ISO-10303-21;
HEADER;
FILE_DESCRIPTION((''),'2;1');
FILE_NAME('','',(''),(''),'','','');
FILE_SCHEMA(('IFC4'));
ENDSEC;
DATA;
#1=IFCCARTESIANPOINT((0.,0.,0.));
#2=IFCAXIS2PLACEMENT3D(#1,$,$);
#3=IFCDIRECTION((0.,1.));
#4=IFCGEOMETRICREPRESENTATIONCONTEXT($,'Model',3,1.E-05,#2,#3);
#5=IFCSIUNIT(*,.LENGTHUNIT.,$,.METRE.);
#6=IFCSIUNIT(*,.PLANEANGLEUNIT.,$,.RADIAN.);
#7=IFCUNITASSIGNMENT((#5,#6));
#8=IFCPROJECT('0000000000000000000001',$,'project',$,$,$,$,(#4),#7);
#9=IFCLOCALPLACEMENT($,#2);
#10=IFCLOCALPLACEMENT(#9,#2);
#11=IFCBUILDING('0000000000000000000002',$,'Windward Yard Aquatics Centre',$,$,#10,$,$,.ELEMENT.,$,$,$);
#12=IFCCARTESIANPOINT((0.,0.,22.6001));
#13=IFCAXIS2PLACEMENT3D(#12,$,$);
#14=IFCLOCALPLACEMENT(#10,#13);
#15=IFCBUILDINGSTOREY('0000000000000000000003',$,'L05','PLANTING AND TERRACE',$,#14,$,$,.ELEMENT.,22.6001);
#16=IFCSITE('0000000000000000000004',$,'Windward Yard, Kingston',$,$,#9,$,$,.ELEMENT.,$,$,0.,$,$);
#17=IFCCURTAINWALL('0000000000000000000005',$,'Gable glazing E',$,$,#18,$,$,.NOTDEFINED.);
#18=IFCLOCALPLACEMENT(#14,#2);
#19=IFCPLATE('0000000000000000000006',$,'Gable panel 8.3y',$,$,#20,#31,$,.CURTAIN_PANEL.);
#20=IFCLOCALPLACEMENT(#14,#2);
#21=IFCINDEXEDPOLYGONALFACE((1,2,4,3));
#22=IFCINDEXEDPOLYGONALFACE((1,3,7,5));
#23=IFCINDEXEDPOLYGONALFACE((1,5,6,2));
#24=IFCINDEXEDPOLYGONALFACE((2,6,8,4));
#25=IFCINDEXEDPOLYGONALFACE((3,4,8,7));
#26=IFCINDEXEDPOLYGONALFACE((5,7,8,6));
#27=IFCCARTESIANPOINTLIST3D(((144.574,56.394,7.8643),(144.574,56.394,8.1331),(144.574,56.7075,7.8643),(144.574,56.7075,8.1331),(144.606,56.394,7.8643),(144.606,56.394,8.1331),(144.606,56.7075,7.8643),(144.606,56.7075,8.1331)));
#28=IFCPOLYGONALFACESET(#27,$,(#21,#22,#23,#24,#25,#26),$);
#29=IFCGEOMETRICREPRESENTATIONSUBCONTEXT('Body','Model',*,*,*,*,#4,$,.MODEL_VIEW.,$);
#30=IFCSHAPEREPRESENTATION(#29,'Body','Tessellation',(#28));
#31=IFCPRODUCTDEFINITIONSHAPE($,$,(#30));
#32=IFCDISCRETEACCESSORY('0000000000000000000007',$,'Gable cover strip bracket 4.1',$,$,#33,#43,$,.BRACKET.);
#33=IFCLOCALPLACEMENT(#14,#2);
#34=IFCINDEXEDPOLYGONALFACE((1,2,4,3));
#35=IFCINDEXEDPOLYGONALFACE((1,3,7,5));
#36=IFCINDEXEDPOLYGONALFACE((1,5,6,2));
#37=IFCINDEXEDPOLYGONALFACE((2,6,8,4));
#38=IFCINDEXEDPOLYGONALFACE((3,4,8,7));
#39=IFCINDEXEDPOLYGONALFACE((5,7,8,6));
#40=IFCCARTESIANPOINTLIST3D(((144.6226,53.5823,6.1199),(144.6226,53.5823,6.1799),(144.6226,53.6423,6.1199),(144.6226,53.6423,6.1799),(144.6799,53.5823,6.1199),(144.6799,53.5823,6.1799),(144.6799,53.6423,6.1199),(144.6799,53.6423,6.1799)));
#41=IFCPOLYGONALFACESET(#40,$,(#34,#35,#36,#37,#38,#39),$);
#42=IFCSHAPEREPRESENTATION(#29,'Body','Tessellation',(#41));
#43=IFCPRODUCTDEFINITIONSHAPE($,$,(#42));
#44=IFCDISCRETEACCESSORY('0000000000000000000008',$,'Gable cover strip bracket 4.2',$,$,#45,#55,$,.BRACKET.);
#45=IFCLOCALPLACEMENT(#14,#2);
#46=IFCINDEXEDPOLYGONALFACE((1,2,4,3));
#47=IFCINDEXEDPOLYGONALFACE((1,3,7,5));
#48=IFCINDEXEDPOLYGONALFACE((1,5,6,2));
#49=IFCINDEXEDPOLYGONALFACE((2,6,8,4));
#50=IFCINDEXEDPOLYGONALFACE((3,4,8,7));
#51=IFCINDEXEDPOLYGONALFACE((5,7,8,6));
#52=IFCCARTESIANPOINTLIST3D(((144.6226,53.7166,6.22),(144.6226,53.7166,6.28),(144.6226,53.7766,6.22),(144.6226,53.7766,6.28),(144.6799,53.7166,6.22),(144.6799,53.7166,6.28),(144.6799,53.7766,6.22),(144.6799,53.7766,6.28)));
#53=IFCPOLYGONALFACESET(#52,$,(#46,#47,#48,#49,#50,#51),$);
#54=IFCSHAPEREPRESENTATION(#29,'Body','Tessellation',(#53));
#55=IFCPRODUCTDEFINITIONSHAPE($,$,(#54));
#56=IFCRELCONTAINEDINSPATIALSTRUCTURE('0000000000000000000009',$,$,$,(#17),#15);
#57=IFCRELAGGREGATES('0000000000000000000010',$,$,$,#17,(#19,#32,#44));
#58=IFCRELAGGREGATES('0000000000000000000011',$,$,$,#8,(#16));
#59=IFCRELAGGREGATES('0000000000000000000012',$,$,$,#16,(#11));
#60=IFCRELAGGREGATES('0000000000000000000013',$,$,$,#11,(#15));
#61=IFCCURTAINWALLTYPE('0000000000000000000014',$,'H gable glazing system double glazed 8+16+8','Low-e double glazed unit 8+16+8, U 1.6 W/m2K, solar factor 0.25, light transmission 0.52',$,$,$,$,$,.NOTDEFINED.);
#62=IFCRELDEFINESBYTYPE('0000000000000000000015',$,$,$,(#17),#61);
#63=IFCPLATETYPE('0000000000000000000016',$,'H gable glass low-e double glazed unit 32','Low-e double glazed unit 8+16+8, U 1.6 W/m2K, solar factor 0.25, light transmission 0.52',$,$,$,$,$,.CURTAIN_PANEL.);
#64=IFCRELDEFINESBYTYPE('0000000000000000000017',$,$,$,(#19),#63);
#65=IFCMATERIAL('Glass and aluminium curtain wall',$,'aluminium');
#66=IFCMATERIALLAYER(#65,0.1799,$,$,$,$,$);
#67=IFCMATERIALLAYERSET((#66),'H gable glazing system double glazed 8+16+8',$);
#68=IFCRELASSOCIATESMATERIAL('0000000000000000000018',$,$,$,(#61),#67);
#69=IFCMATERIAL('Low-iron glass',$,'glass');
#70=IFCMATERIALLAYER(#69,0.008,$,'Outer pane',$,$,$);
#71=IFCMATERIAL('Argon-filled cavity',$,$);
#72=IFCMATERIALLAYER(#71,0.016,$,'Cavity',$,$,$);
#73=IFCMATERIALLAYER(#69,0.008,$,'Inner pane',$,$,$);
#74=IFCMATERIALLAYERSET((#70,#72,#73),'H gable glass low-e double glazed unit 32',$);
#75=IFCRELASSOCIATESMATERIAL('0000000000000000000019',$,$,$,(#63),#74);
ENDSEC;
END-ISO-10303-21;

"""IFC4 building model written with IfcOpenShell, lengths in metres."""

from ifc_helpers import new_model, si_unit, direction, frame, origin, origin_2d, place, context, subcontext, project, spatial, polyline, rectangle, outline, extrude, material, layer, layer_set, type_object, element, aggregate, save


model = new_model("IFC4")

# Units and contexts
model_context = context("Model", 3, precision=1e-05, world=origin(), true_north=direction((0.0, 1.0)))
body_context = subcontext(model_context, "Body", "Model", "MODEL_VIEW")
ifc_project = project(units=[si_unit("LENGTHUNIT", "METRE"), si_unit("PLANEANGLEUNIT", "RADIAN")], contexts=[model_context])

# Site, building, storey
site_placement = place(None, origin())
site = spatial("IfcSite", under=ifc_project, at=site_placement, Name="Windward Yard, Kingston", CompositionType="ELEMENT", RefElevation=0.0)
building_placement = place(site_placement, origin())
building = spatial("IfcBuilding", under=site, at=building_placement, Name="Windward Yard Aquatics Centre", CompositionType="ELEMENT")
storey_placement = place(building_placement, frame((0.0, 0.0, 22.6001)))
storey = spatial("IfcBuildingStorey", under=building, at=storey_placement, Name="L05", Description="PLANTING AND TERRACE", CompositionType="ELEMENT", Elevation=22.6001)

# Curtain wall, plate, discrete accessories
ifc_material_1 = material(Name="Glass and aluminium curtain wall", Category="aluminium")
ifc_layer_1 = layer(ifc_material_1, 0.1799)
ifc_layer_set_1 = layer_set([ifc_layer_1], Name="H gable glazing system double glazed 8+16+8")
curtain_wall_type = type_object("IfcCurtainWallType", Name="H gable glazing system double glazed 8+16+8", Description="Low-e double glazed unit 8+16+8, U 1.6 W/m2K, solar factor 0.25, light transmission 0.52", PredefinedType="NOTDEFINED", material=ifc_layer_set_1)
curtain_wall_placement = place(storey_placement, origin())
curtain_wall = element("IfcCurtainWall", 1, at=curtain_wall_placement, inside=storey, type_object=curtain_wall_type, Name="Gable glazing E", PredefinedType="NOTDEFINED")
ifc_material_2 = material(Name="Low-iron glass", Category="glass")
ifc_layer_2 = layer(ifc_material_2, 0.008, Name="Outer pane")
ifc_material_3 = material(Name="Argon-filled cavity")
ifc_layer_3 = layer(ifc_material_3, 0.016, Name="Cavity")
ifc_layer_4 = layer(ifc_material_2, 0.008, Name="Inner pane")
ifc_layer_set_2 = layer_set([ifc_layer_2, ifc_layer_3, ifc_layer_4], Name="H gable glass low-e double glazed unit 32")
plate_type = type_object("IfcPlateType", Name="H gable glass low-e double glazed unit 32", Description="Low-e double glazed unit 8+16+8, U 1.6 W/m2K, solar factor 0.25, light transmission 0.52", PredefinedType="CURTAIN_PANEL", material=ifc_layer_set_2)
plate_1_placement = place(storey_placement, frame((144.606, 56.394, 7.8643), z_axis=(1.0, 0.0, 0.0), x_axis=(0.0, 1.0, 0.0)))
plate_1 = element("IfcPlate", 2, at=plate_1_placement, type_object=plate_type, Name="Gable panel 8.3y", PredefinedType="CURTAIN_PANEL", context=body_context, shape_type="SweptSolid", body=[
    extrude(outline(polyline([(0.0, 0.0), (0.3135, 0.0), (0.3135, 0.2688), (0.0, 0.2688), (0.0, 0.0)])), origin(), (0.0, 0.0, -1.0), 0.032),
])
discrete_accessory_1_placement = place(storey_placement, frame((144.6226, 53.6123, 6.1499), z_axis=(1.0, 0.0, 0.0), x_axis=(0.0, 1.0, 0.0)))
discrete_accessory_1 = element("IfcDiscreteAccessory", 3, at=discrete_accessory_1_placement, Name="Gable cover strip bracket 4.1", PredefinedType="BRACKET", context=body_context, shape_type="SweptSolid", body=[
    extrude(rectangle(XDim=0.0601, YDim=0.0601, at=origin_2d()), origin(), (0.0, 0.0, 1.0), 0.0574),
])
discrete_accessory_2_placement = place(storey_placement, frame((144.6226, 53.7466, 6.25), z_axis=(1.0, 0.0, 0.0), x_axis=(0.0, 1.0, 0.0)))
discrete_accessory_2 = element("IfcDiscreteAccessory", 4, at=discrete_accessory_2_placement, Name="Gable cover strip bracket 4.2", PredefinedType="BRACKET", context=body_context, shape_type="SweptSolid", body=[
    extrude(rectangle(XDim=0.0601, YDim=0.0601, at=origin_2d()), origin(), (0.0, 0.0, 1.0), 0.0574),
])
aggregate(curtain_wall, [plate_1, discrete_accessory_1, discrete_accessory_2])

save(model, "model.ifc")
